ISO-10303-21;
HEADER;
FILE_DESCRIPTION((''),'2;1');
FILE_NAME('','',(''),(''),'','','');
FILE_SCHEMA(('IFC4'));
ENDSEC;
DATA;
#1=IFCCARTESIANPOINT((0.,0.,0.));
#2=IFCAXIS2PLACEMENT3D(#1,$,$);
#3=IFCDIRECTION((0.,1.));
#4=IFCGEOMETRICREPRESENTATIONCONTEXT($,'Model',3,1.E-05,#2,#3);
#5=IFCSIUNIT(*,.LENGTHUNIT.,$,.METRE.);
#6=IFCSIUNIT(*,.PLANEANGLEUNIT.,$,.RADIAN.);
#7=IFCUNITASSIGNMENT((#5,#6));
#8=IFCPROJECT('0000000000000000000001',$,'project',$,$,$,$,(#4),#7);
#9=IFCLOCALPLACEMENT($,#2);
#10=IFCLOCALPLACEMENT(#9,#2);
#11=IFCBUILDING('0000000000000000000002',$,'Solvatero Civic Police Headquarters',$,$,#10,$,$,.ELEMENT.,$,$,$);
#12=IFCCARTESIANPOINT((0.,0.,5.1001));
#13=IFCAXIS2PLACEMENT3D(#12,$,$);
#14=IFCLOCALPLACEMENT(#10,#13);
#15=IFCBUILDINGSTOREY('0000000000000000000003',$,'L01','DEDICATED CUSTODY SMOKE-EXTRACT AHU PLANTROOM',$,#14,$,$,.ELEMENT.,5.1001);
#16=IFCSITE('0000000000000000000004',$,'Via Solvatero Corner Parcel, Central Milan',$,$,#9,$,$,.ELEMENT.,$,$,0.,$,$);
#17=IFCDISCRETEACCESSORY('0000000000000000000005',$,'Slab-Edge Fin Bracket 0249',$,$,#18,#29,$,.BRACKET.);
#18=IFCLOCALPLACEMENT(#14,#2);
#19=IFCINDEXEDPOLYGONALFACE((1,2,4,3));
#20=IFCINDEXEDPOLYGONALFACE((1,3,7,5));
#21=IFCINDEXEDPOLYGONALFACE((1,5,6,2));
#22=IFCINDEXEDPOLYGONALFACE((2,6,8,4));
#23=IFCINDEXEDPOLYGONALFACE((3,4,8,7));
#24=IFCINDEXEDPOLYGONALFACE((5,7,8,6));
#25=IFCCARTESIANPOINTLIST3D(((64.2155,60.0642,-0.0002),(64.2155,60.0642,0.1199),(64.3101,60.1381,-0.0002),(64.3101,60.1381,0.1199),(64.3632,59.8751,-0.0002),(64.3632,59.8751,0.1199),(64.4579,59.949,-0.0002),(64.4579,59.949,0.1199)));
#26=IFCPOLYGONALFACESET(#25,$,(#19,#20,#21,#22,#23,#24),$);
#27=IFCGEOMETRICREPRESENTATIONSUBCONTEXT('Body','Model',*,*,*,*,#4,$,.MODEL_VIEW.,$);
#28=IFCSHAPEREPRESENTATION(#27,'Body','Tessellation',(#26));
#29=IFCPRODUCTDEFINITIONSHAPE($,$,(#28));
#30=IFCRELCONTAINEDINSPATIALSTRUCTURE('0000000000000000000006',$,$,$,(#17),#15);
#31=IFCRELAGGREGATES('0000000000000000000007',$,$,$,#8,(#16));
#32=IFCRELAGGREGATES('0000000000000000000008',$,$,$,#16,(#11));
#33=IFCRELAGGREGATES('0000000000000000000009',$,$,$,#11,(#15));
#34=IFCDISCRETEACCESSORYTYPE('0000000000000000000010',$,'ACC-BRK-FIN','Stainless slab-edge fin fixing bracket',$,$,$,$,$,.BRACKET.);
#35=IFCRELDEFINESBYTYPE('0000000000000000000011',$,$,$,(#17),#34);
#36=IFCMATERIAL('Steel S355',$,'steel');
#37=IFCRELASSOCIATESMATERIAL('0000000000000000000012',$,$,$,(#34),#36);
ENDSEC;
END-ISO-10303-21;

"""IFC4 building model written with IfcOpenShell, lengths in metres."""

from ifc_helpers import new_model, si_unit, direction, frame, origin, origin_2d, place, context, subcontext, project, spatial, rectangle, extrude, material, type_object, element, save


model = new_model("IFC4")

# Units and contexts
model_context = context("Model", 3, precision=1e-05, world=origin(), true_north=direction((0.0, 1.0)))
body_context = subcontext(model_context, "Body", "Model", "MODEL_VIEW")
ifc_project = project(units=[si_unit("LENGTHUNIT", "METRE"), si_unit("PLANEANGLEUNIT", "RADIAN")], contexts=[model_context])

# Site, building, storey
site_placement = place(None, origin())
site = spatial("IfcSite", under=ifc_project, at=site_placement, Name="Via Solvatero Corner Parcel, Central Milan", CompositionType="ELEMENT", RefElevation=0.0)
building_placement = place(site_placement, origin())
building = spatial("IfcBuilding", under=site, at=building_placement, Name="Solvatero Civic Police Headquarters", CompositionType="ELEMENT")
storey_placement = place(building_placement, frame((0.0, 0.0, 5.1001)))
storey = spatial("IfcBuildingStorey", under=building, at=storey_placement, Name="L01", Description="DEDICATED CUSTODY SMOKE-EXTRACT AHU PLANTROOM", CompositionType="ELEMENT", Elevation=5.1001)

# Shared definitions
ifc_material_1 = material(Name="Steel S355", Category="steel")

# Discrete accessory
discrete_accessory_type = type_object("IfcDiscreteAccessoryType", Name="ACC-BRK-FIN", Description="Stainless slab-edge fin fixing bracket", PredefinedType="BRACKET", material=ifc_material_1)
for number, where, z_axis, x_axis, name in (
    (1, (64.3367, 60.0066, -0.0002), (0.0, 0.0, 1.0), (-0.788011, -0.615661, 0.0), "Slab-Edge Fin Bracket 0249"),
):
    element("IfcDiscreteAccessory", number, at=place(storey_placement, frame(where, z_axis=z_axis, x_axis=x_axis)), inside=storey, type_object=discrete_accessory_type, Name=name, PredefinedType="BRACKET", context=body_context, shape_type="SweptSolid", body=[
        extrude(rectangle(XDim=0.1201, YDim=0.24, at=origin_2d()), origin(), (0.0, 0.0, 1.0), 0.1201),
    ])

save(model, "model.ifc")
